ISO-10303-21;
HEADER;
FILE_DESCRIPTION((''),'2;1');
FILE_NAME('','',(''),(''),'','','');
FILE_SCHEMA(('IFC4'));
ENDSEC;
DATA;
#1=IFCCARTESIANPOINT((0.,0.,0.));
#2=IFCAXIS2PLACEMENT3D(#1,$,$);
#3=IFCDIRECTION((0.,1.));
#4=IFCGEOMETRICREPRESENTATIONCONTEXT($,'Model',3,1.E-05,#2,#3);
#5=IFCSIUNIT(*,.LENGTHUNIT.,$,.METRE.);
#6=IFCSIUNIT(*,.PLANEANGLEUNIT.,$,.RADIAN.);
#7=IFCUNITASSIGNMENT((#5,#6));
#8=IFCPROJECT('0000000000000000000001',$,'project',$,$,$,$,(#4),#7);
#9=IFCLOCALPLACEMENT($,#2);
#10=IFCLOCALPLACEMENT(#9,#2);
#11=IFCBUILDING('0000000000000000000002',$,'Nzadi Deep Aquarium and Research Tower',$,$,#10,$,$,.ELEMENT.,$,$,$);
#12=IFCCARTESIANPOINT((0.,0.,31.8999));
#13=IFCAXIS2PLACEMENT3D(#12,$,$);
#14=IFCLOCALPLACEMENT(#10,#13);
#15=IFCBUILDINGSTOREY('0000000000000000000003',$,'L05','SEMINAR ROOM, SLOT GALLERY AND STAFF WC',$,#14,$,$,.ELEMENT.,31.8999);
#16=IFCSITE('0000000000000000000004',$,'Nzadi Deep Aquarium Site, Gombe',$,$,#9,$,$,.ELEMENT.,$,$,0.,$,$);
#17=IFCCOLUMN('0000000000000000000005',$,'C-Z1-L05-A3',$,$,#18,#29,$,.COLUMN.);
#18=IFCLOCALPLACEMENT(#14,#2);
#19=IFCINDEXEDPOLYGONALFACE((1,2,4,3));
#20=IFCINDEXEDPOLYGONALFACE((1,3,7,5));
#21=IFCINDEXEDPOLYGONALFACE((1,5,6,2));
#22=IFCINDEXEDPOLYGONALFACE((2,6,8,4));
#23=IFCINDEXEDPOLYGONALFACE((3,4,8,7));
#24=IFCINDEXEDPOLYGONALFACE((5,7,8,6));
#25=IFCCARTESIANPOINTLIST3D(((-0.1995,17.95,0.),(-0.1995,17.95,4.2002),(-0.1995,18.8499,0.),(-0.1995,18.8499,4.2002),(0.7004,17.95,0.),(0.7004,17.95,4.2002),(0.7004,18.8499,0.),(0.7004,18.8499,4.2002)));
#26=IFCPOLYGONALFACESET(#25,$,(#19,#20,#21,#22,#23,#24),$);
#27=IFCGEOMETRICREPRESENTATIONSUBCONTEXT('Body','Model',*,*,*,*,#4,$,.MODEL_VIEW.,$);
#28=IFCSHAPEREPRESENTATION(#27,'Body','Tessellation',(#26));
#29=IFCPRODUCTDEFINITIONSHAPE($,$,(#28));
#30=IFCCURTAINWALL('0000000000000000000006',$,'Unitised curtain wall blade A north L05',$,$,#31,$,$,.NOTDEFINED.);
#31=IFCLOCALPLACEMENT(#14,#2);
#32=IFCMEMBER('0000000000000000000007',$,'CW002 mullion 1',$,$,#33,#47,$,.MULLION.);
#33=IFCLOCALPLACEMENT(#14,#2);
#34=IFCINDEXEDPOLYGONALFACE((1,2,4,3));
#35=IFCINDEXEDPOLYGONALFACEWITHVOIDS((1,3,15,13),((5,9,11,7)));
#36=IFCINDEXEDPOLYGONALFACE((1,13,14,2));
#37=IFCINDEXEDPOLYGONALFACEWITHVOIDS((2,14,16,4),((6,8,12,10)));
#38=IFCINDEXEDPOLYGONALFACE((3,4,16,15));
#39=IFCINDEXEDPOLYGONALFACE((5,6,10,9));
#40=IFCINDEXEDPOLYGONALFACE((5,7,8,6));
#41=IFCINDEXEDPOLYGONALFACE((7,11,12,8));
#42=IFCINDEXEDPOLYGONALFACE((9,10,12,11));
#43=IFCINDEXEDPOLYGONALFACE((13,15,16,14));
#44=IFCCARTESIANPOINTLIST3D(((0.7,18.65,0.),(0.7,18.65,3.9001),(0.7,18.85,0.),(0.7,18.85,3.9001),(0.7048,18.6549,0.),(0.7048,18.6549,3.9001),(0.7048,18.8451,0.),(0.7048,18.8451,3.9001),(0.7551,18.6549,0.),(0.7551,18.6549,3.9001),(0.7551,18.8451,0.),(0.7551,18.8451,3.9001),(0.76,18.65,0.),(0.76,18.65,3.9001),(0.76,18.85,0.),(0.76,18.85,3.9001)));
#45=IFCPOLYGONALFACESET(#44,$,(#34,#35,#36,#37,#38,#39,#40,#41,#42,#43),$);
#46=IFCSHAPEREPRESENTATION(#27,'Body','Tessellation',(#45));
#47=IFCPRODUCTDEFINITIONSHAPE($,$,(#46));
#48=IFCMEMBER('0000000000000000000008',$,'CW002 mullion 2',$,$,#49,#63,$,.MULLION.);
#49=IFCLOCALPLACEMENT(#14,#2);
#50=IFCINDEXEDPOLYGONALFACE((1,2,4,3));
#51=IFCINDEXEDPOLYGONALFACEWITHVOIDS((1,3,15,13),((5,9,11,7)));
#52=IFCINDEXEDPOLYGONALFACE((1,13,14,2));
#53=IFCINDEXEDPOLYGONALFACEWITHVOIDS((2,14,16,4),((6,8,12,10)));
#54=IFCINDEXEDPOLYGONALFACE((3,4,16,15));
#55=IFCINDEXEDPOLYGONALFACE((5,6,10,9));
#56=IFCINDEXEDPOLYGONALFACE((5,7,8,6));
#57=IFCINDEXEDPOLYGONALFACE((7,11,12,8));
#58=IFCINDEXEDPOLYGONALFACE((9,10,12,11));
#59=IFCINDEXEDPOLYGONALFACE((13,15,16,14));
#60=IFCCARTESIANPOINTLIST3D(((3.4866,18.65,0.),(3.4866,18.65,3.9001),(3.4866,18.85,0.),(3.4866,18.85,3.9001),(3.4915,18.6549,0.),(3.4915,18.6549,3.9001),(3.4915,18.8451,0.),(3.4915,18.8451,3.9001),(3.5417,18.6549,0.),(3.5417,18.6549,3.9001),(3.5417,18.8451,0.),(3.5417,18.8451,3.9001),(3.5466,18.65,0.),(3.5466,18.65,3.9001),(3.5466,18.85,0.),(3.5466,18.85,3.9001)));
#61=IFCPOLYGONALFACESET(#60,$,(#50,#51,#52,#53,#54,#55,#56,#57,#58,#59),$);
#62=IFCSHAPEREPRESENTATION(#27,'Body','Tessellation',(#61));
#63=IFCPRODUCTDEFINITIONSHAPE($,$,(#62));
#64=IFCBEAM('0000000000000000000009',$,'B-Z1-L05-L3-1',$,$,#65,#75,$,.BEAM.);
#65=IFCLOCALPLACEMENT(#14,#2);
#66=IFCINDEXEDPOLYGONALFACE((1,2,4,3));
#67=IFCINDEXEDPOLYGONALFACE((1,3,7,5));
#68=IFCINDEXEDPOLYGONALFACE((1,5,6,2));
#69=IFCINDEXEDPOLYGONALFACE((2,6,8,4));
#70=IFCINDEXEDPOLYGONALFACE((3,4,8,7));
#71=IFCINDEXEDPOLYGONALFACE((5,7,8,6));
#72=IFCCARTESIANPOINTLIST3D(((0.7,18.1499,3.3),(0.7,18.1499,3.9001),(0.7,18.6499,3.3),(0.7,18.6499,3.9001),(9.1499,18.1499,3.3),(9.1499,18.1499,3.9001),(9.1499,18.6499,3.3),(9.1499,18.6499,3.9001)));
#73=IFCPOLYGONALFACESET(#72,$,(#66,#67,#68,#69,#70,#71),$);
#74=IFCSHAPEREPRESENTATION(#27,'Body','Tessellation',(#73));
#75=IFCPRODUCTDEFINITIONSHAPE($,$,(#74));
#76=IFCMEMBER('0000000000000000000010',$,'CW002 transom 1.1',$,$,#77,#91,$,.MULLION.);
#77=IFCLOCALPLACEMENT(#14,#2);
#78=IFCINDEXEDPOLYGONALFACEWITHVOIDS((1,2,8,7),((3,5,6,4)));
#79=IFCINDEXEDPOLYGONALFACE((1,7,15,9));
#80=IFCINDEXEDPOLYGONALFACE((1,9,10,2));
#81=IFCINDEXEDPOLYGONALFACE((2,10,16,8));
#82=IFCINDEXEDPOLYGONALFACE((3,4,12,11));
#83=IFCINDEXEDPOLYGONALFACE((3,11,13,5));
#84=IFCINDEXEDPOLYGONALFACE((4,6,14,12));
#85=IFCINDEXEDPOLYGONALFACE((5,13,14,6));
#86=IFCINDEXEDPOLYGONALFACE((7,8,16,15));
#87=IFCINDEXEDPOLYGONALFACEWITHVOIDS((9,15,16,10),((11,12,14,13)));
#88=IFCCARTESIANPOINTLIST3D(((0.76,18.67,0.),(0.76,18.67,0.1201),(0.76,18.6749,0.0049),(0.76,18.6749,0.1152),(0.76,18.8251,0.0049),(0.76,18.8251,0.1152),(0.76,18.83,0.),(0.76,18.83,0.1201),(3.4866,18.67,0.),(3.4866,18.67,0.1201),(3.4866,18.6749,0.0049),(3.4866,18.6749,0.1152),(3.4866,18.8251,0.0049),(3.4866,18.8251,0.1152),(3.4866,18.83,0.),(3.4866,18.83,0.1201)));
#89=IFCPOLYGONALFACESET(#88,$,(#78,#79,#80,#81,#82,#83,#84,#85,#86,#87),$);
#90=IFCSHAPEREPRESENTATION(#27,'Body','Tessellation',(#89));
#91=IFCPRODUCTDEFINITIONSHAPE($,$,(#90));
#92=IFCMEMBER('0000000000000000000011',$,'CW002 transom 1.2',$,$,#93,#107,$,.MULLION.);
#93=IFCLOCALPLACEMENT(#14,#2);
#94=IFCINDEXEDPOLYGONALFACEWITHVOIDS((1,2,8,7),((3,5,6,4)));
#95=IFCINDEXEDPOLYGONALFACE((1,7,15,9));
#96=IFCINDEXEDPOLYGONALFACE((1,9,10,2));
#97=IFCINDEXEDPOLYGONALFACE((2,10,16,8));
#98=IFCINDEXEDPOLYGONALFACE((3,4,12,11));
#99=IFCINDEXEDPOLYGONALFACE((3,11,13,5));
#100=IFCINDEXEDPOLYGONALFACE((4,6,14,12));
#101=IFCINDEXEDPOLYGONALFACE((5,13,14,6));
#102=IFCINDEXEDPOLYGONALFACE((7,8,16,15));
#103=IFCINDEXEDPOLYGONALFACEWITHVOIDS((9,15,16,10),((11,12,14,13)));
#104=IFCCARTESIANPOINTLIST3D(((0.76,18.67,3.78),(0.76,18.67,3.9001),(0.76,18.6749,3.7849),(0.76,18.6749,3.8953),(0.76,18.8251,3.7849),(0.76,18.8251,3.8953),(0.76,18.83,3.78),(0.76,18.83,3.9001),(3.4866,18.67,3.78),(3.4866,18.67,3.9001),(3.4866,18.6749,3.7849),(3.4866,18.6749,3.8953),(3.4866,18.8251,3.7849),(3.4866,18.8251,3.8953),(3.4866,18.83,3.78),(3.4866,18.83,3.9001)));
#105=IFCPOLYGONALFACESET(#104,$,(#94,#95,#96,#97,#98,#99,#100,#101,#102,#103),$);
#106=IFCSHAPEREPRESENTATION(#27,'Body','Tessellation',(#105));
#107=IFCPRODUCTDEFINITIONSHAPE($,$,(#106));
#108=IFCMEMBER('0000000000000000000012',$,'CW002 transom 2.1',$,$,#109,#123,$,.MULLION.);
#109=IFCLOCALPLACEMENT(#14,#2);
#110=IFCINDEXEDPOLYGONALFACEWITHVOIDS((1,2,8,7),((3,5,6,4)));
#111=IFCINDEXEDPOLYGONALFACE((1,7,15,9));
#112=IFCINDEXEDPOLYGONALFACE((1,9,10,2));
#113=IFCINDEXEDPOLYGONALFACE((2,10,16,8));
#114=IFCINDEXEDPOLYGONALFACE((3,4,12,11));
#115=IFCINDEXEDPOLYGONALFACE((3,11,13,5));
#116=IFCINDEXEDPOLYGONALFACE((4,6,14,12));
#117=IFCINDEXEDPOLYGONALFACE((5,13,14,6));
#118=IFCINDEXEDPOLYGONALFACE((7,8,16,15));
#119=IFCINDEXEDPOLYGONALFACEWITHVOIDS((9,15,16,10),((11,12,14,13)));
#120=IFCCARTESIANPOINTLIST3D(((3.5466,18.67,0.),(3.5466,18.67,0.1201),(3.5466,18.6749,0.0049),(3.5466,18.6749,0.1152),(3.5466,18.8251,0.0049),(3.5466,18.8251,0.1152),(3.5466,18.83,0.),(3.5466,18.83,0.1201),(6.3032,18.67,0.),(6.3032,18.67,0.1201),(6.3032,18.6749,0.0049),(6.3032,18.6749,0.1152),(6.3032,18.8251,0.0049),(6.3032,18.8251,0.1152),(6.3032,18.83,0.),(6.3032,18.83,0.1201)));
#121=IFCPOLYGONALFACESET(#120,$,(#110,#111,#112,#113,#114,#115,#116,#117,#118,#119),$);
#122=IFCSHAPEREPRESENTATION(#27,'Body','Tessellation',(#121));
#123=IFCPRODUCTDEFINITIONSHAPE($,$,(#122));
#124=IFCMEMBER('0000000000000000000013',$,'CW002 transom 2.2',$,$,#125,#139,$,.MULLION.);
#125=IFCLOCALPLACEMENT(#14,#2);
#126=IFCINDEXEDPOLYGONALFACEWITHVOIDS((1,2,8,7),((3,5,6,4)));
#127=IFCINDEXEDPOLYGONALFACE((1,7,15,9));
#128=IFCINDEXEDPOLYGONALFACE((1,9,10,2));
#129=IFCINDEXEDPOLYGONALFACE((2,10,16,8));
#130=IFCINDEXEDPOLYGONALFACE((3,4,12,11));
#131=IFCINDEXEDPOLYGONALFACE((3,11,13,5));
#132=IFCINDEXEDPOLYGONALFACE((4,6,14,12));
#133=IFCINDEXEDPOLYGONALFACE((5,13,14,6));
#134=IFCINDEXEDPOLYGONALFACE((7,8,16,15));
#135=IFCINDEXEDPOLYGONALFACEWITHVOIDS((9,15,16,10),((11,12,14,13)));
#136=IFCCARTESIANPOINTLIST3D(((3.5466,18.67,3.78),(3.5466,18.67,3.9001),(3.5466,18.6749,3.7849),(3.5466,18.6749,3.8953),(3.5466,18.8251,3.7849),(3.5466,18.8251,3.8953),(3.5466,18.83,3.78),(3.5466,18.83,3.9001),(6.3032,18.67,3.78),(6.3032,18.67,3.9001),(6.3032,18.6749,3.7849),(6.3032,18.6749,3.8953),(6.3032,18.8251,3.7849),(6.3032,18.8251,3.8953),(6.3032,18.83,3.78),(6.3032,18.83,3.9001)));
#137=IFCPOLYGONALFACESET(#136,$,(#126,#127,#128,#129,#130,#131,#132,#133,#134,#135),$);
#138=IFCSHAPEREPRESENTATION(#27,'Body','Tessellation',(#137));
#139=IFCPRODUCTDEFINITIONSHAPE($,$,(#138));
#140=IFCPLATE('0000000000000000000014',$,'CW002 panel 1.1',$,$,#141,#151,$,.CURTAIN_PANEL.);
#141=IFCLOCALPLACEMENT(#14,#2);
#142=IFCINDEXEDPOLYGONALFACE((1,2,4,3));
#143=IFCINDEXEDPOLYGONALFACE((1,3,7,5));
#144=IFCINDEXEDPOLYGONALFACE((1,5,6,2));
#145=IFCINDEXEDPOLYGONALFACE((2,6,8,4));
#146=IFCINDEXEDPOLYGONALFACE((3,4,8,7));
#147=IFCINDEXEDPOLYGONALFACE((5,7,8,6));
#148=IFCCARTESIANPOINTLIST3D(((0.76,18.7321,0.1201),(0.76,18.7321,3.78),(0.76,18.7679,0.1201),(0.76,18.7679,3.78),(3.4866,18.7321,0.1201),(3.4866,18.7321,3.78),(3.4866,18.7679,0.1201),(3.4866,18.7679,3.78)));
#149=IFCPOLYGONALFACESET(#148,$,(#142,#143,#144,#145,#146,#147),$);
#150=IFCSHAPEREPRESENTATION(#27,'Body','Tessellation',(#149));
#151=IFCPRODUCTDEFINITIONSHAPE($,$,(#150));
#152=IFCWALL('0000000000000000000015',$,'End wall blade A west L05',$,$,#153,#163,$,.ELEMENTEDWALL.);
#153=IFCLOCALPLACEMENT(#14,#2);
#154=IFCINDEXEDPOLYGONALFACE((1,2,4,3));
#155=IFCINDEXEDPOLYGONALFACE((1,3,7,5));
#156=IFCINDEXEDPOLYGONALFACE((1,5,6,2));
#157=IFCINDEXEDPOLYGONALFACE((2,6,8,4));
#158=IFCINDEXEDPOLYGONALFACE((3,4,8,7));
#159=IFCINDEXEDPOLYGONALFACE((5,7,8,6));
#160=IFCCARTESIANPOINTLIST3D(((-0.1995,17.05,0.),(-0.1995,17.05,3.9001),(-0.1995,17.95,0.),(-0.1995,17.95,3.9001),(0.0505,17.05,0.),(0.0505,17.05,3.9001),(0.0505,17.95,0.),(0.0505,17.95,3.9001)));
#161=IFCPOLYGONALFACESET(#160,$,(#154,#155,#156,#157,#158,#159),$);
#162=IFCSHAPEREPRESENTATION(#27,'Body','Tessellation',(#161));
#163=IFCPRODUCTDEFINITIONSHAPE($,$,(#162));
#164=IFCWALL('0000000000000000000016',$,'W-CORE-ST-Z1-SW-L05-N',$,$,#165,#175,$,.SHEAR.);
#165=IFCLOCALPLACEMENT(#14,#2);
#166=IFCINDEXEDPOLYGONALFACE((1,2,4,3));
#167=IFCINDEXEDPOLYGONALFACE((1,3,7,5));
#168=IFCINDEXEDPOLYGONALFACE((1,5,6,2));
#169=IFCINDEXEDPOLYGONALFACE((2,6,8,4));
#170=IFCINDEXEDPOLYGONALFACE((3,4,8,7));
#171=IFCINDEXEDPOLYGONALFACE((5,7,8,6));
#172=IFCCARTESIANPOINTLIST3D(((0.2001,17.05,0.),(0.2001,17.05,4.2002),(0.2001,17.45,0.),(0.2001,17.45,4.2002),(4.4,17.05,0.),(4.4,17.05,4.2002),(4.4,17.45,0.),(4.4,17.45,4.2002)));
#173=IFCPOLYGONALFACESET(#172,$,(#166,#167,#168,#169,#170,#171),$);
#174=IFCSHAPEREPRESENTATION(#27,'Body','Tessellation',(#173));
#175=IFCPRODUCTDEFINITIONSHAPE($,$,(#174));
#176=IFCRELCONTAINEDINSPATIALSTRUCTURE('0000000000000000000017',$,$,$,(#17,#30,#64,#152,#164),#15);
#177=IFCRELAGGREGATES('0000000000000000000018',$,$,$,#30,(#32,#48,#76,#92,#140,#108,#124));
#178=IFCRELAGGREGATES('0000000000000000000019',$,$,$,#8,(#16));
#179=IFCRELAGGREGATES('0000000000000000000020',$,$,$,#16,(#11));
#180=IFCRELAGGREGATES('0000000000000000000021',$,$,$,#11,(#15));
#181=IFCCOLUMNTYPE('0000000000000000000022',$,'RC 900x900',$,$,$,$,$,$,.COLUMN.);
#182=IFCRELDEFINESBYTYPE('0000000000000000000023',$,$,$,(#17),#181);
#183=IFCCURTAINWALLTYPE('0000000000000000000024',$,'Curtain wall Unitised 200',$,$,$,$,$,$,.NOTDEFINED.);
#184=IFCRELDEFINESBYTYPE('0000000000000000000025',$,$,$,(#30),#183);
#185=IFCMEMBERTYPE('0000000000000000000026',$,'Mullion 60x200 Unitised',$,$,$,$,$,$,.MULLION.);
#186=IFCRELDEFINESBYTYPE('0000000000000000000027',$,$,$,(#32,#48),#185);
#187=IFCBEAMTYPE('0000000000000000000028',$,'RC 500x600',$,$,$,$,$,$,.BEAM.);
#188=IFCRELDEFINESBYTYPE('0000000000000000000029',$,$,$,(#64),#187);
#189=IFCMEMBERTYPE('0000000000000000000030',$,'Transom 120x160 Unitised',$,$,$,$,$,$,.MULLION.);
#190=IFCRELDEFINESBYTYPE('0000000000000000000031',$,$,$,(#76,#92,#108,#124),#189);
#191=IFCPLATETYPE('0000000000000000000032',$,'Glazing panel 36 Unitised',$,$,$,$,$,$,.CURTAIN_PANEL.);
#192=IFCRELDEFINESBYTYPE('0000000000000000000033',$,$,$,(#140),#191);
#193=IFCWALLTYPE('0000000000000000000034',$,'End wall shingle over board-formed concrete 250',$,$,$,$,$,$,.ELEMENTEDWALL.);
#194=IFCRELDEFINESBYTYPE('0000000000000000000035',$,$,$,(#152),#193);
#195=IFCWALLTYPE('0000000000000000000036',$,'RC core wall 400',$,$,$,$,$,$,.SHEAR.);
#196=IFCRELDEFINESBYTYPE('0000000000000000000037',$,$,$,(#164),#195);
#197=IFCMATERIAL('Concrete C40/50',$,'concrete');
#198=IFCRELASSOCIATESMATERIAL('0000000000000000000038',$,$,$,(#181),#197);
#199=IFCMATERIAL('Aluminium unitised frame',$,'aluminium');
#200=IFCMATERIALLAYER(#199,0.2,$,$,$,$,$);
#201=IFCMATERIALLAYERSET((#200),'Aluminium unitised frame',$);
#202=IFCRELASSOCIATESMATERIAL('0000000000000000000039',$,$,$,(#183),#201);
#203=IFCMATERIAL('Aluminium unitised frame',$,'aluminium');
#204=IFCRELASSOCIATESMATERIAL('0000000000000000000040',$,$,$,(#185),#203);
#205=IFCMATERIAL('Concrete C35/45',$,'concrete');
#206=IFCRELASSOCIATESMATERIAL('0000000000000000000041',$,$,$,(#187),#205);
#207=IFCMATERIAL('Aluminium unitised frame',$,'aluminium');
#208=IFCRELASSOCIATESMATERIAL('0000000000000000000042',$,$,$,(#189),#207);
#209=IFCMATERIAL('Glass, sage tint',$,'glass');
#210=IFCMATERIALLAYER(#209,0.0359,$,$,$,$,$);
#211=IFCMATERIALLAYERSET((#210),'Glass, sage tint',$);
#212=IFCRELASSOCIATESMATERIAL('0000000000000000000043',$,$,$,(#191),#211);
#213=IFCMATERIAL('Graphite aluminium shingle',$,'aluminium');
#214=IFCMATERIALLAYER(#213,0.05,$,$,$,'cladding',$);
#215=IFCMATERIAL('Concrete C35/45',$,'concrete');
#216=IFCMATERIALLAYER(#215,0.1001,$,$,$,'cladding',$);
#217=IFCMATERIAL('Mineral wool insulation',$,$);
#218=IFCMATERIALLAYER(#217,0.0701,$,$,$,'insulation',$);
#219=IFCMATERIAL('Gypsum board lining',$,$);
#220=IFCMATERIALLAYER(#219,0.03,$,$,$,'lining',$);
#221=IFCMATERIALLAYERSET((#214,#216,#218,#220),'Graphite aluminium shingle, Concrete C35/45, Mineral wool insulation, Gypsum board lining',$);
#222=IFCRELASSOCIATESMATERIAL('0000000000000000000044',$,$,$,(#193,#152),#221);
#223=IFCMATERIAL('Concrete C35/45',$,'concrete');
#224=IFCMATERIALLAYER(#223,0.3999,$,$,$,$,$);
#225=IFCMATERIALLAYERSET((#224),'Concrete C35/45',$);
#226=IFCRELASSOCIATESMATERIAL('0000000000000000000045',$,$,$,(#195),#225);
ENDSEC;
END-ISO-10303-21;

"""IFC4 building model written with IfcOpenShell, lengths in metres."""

from ifc_helpers import new_model, si_unit, direction, frame, frame_2d, origin, origin_2d, place, context, subcontext, project, spatial, rectangle, hollow_rectangle, extrude, material, layer, layer_set, layer_usage, material_profile, profile_set, type_object, element, aggregate, save


model = new_model("IFC4")

# Units and contexts
model_context = context("Model", 3, precision=1e-05, world=origin(), true_north=direction((0.0, 1.0)))
body_context = subcontext(model_context, "Body", "Model", "MODEL_VIEW")
ifc_project = project(units=[si_unit("LENGTHUNIT", "METRE"), si_unit("PLANEANGLEUNIT", "RADIAN")], contexts=[model_context])

# Site, building, storey
site_placement = place(None, origin())
site = spatial("IfcSite", under=ifc_project, at=site_placement, Name="Nzadi Deep Aquarium Site, Gombe", CompositionType="ELEMENT", RefElevation=0.0)
building_placement = place(site_placement, origin())
building = spatial("IfcBuilding", under=site, at=building_placement, Name="Nzadi Deep Aquarium and Research Tower", CompositionType="ELEMENT")
storey_placement = place(building_placement, frame((0.0, 0.0, 31.8999)))
storey = spatial("IfcBuildingStorey", under=building, at=storey_placement, Name="L05", Description="SEMINAR ROOM, SLOT GALLERY AND STAFF WC", CompositionType="ELEMENT", Elevation=31.8999)

# Column
ifc_material_1 = material(Name="Concrete C40/50", Category="concrete")
ifc_material_profile_1 = material_profile(ifc_material_1, rectangle(XDim=0.8999, YDim=0.8999, at=origin_2d()))
ifc_profile_set_1 = profile_set([ifc_material_profile_1], Name="Concrete C40/50")
column_type = type_object("IfcColumnType", Name="RC 900x900", PredefinedType="COLUMN", material=ifc_profile_set_1)
column_placement = place(storey_placement, frame((0.2505, 18.3999, 0.0), z_axis=(0.0, 0.0, 1.0), x_axis=(1.0, 0.0, 0.0)))
element("IfcColumn", 1, at=column_placement, inside=storey, type_object=column_type, Name="C-Z1-L05-A3", PredefinedType="COLUMN", context=body_context, shape_type="SweptSolid", body=[
    extrude(rectangle(XDim=0.8999, YDim=0.8999, at=origin_2d()), origin(), (0.0, 0.0, 1.0), 4.2002),
])

# Curtain wall, members
ifc_material_2 = material(Name="Aluminium unitised frame", Category="aluminium")
ifc_layer_1 = layer(ifc_material_2, 0.2)
ifc_layer_set_1 = layer_set([ifc_layer_1], Name="Aluminium unitised frame")
curtain_wall_type = type_object("IfcCurtainWallType", Name="Curtain wall Unitised 200", PredefinedType="NOTDEFINED", material=ifc_layer_set_1)
curtain_wall_placement = place(storey_placement, origin())
curtain_wall = element("IfcCurtainWall", 2, at=curtain_wall_placement, inside=storey, type_object=curtain_wall_type, Name="Unitised curtain wall blade A north L05", PredefinedType="NOTDEFINED")
ifc_material_3 = material(Name="Aluminium unitised frame", Category="aluminium")
ifc_material_profile_2 = material_profile(ifc_material_3, hollow_rectangle(XDim=0.2, YDim=0.0601, WallThickness=0.0049, at=origin_2d()))
ifc_profile_set_2 = profile_set([ifc_material_profile_2], Name="Aluminium unitised frame")
member_type_1 = type_object("IfcMemberType", Name="Mullion 60x200 Unitised", PredefinedType="MULLION", material=ifc_profile_set_2)
member_1_placement = place(storey_placement, frame((0.73, 18.75, 0.0), z_axis=(0.0, 0.0, 1.0), x_axis=(0.0, 1.0, 0.0)))
member_1 = element("IfcMember", 3, at=member_1_placement, type_object=member_type_1, Name="CW002 mullion 1", PredefinedType="MULLION", context=body_context, shape_type="SweptSolid", body=[
    extrude(hollow_rectangle(XDim=0.2, YDim=0.0601, WallThickness=0.0049, at=origin_2d()), origin(), (0.0, 0.0, 1.0), 3.9001),
])
member_2_placement = place(storey_placement, frame((3.5166, 18.75, 0.0), z_axis=(0.0, 0.0, 1.0), x_axis=(0.0, 1.0, 0.0)))
member_2 = element("IfcMember", 4, at=member_2_placement, type_object=member_type_1, Name="CW002 mullion 2", PredefinedType="MULLION", context=body_context, shape_type="SweptSolid", body=[
    extrude(hollow_rectangle(XDim=0.2, YDim=0.0601, WallThickness=0.0049, at=origin_2d()), origin(), (0.0, 0.0, 1.0), 3.9001),
])

# Beam
ifc_material_4 = material(Name="Concrete C35/45", Category="concrete")
ifc_material_profile_3 = material_profile(ifc_material_4, rectangle(XDim=0.5, YDim=0.6001, at=origin_2d()))
ifc_profile_set_3 = profile_set([ifc_material_profile_3], Name="Concrete C35/45")
beam_type = type_object("IfcBeamType", Name="RC 500x600", PredefinedType="BEAM", material=ifc_profile_set_3)
beam_placement = place(storey_placement, frame((0.7, 18.3999, 3.6001), z_axis=(1.0, 0.0, 0.0), x_axis=(0.0, 1.0, 0.0)))
element("IfcBeam", 5, at=beam_placement, inside=storey, type_object=beam_type, Name="B-Z1-L05-L3-1", PredefinedType="BEAM", context=body_context, shape_type="SweptSolid", body=[
    extrude(rectangle(XDim=0.5, YDim=0.6001, at=origin_2d()), origin(), (0.0, 0.0, 1.0), 8.45),
])

# Members
ifc_material_5 = material(Name="Aluminium unitised frame", Category="aluminium")
ifc_material_profile_4 = material_profile(ifc_material_5, hollow_rectangle(XDim=0.1599, YDim=0.1201, WallThickness=0.0049, at=origin_2d()))
ifc_profile_set_4 = profile_set([ifc_material_profile_4], Name="Aluminium unitised frame")
member_type_2 = type_object("IfcMemberType", Name="Transom 120x160 Unitised", PredefinedType="MULLION", material=ifc_profile_set_4)
member_3_placement = place(storey_placement, frame((0.76, 18.75, 0.0601), z_axis=(1.0, 0.0, 0.0), x_axis=(0.0, 1.0, 0.0)))
member_3 = element("IfcMember", 6, at=member_3_placement, type_object=member_type_2, Name="CW002 transom 1.1", PredefinedType="MULLION", context=body_context, shape_type="SweptSolid", body=[
    extrude(hollow_rectangle(XDim=0.1599, YDim=0.1201, WallThickness=0.0049, at=origin_2d()), origin(), (0.0, 0.0, 1.0), 2.7266),
])
member_4_placement = place(storey_placement, frame((0.76, 18.75, 3.8401), z_axis=(1.0, 0.0, 0.0), x_axis=(0.0, 1.0, 0.0)))
member_4 = element("IfcMember", 7, at=member_4_placement, type_object=member_type_2, Name="CW002 transom 1.2", PredefinedType="MULLION", context=body_context, shape_type="SweptSolid", body=[
    extrude(hollow_rectangle(XDim=0.1599, YDim=0.1201, WallThickness=0.0049, at=origin_2d()), origin(), (0.0, 0.0, 1.0), 2.7266),
])
member_5_placement = place(storey_placement, frame((3.5466, 18.75, 0.0601), z_axis=(1.0, 0.0, 0.0), x_axis=(0.0, 1.0, 0.0)))
member_5 = element("IfcMember", 8, at=member_5_placement, type_object=member_type_2, Name="CW002 transom 2.1", PredefinedType="MULLION", context=body_context, shape_type="SweptSolid", body=[
    extrude(hollow_rectangle(XDim=0.1599, YDim=0.1201, WallThickness=0.0049, at=origin_2d()), origin(), (0.0, 0.0, 1.0), 2.7566),
])
member_6_placement = place(storey_placement, frame((3.5466, 18.75, 3.8401), z_axis=(1.0, 0.0, 0.0), x_axis=(0.0, 1.0, 0.0)))
member_6 = element("IfcMember", 9, at=member_6_placement, type_object=member_type_2, Name="CW002 transom 2.2", PredefinedType="MULLION", context=body_context, shape_type="SweptSolid", body=[
    extrude(hollow_rectangle(XDim=0.1599, YDim=0.1201, WallThickness=0.0049, at=origin_2d()), origin(), (0.0, 0.0, 1.0), 2.7566),
])

# Plate
ifc_material_6 = material(Name="Glass, sage tint", Category="glass")
ifc_layer_2 = layer(ifc_material_6, 0.0359)
ifc_layer_set_2 = layer_set([ifc_layer_2], Name="Glass, sage tint")
plate_type = type_object("IfcPlateType", Name="Glazing panel 36 Unitised", PredefinedType="CURTAIN_PANEL", material=ifc_layer_set_2)
plate_placement = place(storey_placement, frame((2.1233, 18.75, 0.1201), z_axis=(0.0, 0.0, 1.0), x_axis=(1.0, 0.0, 0.0)))
plate = element("IfcPlate", 10, at=plate_placement, type_object=plate_type, Name="CW002 panel 1.1", PredefinedType="CURTAIN_PANEL", context=body_context, shape_type="SweptSolid", body=[
    extrude(rectangle(XDim=2.7266, YDim=0.0359, at=origin_2d()), origin(), (0.0, 0.0, 1.0), 3.6599),
])
aggregate(curtain_wall, [member_1, member_2, member_3, member_4, plate, member_5, member_6])

# Walls
ifc_material_7 = material(Name="Graphite aluminium shingle", Category="aluminium")
ifc_layer_3 = layer(ifc_material_7, 0.05, Category="cladding")
ifc_material_8 = material(Name="Concrete C35/45", Category="concrete")
ifc_layer_4 = layer(ifc_material_8, 0.1001, Category="cladding")
ifc_material_9 = material(Name="Mineral wool insulation")
ifc_layer_5 = layer(ifc_material_9, 0.0701, Category="insulation")
ifc_material_10 = material(Name="Gypsum board lining")
ifc_layer_6 = layer(ifc_material_10, 0.03, Category="lining")
ifc_layer_set_3 = layer_set([ifc_layer_3, ifc_layer_4, ifc_layer_5, ifc_layer_6], Name="Graphite aluminium shingle, Concrete C35/45, Mineral wool insulation, Gypsum board lining")
ifc_layer_usage = layer_usage(ifc_layer_set_3, "AXIS2", "POSITIVE", -0.125)
wall_type_1 = type_object("IfcWallType", Name="End wall shingle over board-formed concrete 250", PredefinedType="ELEMENTEDWALL", material=ifc_layer_set_3)
wall_1_placement = place(storey_placement, frame((-0.0745, 17.95, 0.0), z_axis=(0.0, 0.0, 1.0), x_axis=(0.0, -1.0, 0.0)))
element("IfcWall", 11, at=wall_1_placement, inside=storey, type_object=wall_type_1, material=ifc_layer_usage, Name="End wall blade A west L05", PredefinedType="ELEMENTEDWALL", context=body_context, shape_type="SweptSolid", body=[
    extrude(rectangle(XDim=0.8999, YDim=0.25, at=frame_2d((0.45, 0.0))), origin(), (0.0, 0.0, 1.0), 3.9001),
])
ifc_material_11 = material(Name="Concrete C35/45", Category="concrete")
ifc_layer_7 = layer(ifc_material_11, 0.3999)
ifc_layer_set_4 = layer_set([ifc_layer_7], Name="Concrete C35/45")
wall_type_2 = type_object("IfcWallType", Name="RC core wall 400", PredefinedType="SHEAR", material=ifc_layer_set_4)
wall_2_placement = place(storey_placement, frame((0.2, 17.25, 0.0), z_axis=(0.0, 0.0, 1.0), x_axis=(1.0, 0.0, 0.0)))
element("IfcWall", 12, at=wall_2_placement, inside=storey, type_object=wall_type_2, Name="W-CORE-ST-Z1-SW-L05-N", PredefinedType="SHEAR", context=body_context, shape_type="SweptSolid", body=[
    extrude(rectangle(XDim=4.2, YDim=0.3999, at=frame_2d((2.1001, 0.0))), origin(), (0.0, 0.0, 1.0), 4.2002),
])

save(model, "model.ifc")
